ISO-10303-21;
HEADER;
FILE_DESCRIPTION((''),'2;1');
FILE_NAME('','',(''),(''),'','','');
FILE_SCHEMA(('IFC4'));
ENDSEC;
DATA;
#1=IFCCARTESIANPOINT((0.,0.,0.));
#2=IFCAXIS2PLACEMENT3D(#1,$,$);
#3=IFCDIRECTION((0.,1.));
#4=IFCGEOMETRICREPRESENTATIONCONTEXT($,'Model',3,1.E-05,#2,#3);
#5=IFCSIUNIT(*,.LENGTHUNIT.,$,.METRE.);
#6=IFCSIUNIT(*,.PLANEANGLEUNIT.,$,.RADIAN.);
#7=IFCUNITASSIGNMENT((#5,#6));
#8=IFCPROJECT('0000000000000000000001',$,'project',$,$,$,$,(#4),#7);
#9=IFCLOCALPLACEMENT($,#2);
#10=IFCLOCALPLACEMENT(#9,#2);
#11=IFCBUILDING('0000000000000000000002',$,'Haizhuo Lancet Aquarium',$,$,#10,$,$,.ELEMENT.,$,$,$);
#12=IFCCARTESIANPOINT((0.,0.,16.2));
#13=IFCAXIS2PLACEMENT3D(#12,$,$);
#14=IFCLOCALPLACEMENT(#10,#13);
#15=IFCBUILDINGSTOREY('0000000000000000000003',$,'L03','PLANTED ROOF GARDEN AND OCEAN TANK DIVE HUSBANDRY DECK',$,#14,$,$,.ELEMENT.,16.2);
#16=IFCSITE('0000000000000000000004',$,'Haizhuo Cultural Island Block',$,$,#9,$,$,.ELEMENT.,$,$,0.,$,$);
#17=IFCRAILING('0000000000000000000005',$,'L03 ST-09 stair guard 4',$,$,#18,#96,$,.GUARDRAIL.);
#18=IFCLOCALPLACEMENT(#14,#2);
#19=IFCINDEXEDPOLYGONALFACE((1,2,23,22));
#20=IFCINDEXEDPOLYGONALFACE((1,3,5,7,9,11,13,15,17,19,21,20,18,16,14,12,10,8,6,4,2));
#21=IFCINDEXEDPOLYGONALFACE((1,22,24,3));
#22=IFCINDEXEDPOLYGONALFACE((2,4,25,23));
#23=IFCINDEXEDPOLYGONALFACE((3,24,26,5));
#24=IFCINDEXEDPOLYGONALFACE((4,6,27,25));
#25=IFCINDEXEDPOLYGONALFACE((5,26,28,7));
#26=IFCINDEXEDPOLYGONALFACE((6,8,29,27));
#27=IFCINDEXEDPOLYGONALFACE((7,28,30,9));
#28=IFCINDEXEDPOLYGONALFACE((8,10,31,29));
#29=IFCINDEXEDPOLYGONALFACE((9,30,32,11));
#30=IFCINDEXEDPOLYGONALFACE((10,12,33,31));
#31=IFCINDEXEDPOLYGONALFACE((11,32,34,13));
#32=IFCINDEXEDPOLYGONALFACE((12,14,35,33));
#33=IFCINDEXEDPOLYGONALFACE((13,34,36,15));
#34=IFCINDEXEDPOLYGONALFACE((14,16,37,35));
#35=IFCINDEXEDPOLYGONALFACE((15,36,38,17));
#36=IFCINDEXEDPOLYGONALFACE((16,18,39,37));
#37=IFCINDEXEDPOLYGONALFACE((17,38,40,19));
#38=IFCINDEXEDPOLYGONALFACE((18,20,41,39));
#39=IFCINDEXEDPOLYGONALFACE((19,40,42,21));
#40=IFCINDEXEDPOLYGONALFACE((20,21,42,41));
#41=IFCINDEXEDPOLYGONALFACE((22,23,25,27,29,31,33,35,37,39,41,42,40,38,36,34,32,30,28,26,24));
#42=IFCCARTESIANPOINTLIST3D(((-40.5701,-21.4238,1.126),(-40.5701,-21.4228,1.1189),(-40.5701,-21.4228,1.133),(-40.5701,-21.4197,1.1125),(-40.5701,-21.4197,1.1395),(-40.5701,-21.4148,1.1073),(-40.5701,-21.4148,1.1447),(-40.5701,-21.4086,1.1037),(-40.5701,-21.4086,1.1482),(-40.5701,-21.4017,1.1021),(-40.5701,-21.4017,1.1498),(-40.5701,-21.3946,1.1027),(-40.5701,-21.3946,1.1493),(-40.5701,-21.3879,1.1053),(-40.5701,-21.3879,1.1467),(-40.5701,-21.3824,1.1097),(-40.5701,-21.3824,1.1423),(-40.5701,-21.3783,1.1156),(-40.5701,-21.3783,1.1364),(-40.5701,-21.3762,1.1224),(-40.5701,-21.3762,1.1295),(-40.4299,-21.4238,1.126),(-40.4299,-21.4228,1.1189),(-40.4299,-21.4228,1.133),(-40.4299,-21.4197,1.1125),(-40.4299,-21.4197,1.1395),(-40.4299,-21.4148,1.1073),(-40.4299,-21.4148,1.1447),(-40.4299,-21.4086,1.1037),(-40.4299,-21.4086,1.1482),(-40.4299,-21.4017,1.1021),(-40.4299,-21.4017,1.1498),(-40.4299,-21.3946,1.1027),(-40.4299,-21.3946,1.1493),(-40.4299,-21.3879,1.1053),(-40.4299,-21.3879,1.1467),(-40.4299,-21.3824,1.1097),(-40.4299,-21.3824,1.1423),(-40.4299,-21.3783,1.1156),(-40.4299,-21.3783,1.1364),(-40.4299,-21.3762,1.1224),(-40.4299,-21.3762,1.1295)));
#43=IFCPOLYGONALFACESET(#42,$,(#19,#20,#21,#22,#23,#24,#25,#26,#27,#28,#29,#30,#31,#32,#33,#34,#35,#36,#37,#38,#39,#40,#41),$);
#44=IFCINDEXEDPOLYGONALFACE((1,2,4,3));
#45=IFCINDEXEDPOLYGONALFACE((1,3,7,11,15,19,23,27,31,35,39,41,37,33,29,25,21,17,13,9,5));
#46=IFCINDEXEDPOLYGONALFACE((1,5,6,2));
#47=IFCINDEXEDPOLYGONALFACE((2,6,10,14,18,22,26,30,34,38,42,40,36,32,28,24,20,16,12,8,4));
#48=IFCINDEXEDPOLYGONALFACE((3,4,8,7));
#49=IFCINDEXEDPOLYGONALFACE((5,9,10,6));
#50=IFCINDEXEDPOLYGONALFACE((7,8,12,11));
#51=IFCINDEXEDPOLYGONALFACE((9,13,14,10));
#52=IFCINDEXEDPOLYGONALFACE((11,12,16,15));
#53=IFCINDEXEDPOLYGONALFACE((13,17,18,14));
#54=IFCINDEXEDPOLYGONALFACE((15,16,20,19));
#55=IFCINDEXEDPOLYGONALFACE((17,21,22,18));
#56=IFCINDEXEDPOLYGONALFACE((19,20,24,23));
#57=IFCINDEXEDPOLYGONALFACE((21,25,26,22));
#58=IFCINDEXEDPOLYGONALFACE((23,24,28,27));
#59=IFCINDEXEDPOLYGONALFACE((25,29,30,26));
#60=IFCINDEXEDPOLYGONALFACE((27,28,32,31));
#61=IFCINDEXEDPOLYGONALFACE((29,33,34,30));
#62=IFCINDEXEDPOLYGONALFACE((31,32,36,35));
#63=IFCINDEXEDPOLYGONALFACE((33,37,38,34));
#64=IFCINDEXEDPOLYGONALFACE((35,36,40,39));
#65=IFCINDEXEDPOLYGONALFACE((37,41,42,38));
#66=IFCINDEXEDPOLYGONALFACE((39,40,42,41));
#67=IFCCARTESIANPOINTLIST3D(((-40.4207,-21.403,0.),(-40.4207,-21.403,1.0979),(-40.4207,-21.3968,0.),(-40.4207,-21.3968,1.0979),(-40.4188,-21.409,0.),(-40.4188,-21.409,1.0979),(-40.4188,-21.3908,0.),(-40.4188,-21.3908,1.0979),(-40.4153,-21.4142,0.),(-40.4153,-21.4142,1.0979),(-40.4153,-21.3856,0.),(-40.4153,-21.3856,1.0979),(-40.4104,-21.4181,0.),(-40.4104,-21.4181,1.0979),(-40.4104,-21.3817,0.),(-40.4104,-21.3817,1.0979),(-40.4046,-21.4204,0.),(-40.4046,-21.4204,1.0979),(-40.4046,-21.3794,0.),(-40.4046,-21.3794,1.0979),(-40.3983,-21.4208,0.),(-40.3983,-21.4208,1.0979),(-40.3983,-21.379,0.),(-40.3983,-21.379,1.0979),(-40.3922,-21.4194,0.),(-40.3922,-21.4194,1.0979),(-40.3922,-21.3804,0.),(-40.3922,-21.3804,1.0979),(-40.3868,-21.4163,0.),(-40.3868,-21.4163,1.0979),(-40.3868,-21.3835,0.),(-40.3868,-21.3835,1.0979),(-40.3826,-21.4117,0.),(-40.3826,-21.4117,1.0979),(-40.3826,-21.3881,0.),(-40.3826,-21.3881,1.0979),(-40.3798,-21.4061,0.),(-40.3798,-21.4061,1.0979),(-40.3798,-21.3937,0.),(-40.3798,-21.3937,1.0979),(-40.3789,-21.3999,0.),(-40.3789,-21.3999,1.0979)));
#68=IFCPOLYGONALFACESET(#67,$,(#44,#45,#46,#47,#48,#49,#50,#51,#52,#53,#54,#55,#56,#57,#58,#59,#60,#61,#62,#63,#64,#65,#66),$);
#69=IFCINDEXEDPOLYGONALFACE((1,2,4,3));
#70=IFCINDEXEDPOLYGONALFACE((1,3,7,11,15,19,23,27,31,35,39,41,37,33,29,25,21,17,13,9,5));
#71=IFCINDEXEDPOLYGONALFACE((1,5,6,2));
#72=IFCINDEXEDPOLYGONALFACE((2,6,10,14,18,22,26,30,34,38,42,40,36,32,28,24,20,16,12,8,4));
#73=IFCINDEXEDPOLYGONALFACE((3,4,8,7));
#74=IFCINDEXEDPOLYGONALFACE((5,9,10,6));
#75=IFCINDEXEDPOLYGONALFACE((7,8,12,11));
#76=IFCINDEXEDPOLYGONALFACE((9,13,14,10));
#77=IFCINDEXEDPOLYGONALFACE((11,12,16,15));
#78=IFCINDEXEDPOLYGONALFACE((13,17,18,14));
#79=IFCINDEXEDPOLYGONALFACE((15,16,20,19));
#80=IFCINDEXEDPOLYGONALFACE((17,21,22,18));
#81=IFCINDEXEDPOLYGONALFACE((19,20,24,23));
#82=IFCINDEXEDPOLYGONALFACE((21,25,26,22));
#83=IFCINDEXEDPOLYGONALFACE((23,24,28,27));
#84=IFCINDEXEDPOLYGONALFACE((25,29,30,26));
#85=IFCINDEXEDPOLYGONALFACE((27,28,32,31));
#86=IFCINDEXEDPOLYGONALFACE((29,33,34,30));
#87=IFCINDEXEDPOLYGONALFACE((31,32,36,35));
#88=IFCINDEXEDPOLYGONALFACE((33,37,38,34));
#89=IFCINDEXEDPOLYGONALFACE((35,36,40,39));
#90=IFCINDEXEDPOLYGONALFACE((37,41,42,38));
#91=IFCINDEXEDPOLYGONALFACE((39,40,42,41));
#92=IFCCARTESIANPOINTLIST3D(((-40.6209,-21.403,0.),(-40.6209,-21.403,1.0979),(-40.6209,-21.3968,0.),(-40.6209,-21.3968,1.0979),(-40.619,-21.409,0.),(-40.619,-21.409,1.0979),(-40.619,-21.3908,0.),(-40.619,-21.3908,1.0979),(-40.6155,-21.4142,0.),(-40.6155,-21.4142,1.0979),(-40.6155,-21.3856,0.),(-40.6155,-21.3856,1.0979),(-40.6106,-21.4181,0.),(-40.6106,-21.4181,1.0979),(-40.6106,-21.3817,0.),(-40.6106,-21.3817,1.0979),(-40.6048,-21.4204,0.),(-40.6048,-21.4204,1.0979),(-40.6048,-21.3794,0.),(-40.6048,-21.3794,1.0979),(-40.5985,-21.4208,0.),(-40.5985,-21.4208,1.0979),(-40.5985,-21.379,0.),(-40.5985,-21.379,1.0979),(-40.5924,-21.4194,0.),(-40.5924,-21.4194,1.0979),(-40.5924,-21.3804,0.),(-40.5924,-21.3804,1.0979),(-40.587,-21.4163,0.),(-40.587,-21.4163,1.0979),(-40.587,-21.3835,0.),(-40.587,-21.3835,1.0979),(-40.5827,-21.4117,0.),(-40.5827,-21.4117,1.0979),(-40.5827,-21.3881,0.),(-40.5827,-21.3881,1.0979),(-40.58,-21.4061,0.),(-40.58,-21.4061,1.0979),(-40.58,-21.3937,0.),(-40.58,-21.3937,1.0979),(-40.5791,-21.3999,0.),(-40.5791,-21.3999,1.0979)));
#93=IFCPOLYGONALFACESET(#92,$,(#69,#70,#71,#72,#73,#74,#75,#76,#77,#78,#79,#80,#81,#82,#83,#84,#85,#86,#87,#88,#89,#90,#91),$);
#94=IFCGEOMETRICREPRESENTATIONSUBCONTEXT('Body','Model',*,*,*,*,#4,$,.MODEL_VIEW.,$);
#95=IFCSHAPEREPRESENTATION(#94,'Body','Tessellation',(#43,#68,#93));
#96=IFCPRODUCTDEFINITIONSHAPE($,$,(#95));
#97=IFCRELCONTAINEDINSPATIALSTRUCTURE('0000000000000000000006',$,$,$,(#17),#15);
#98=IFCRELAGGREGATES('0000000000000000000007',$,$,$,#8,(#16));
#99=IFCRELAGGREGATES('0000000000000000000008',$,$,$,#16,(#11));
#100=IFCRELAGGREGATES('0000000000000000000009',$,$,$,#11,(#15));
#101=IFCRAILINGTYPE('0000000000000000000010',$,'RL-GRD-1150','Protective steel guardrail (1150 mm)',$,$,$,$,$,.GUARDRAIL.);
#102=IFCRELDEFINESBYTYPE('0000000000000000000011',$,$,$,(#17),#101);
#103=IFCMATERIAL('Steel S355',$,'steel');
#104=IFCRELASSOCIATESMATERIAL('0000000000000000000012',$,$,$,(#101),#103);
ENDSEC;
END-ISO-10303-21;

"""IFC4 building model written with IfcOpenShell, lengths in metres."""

from ifc_helpers import new_model, si_unit, direction, frame, origin, origin_2d, place, context, subcontext, project, spatial, circle, extrude, material, type_object, element, save


model = new_model("IFC4")

# Units and contexts
model_context = context("Model", 3, precision=1e-05, world=origin(), true_north=direction((0.0, 1.0)))
body_context = subcontext(model_context, "Body", "Model", "MODEL_VIEW")
ifc_project = project(units=[si_unit("LENGTHUNIT", "METRE"), si_unit("PLANEANGLEUNIT", "RADIAN")], contexts=[model_context])

# Site, building, storey
site_placement = place(None, origin())
site = spatial("IfcSite", under=ifc_project, at=site_placement, Name="Haizhuo Cultural Island Block", CompositionType="ELEMENT", RefElevation=0.0)
building_placement = place(site_placement, origin())
building = spatial("IfcBuilding", under=site, at=building_placement, Name="Haizhuo Lancet Aquarium", CompositionType="ELEMENT")
storey_placement = place(building_placement, frame((0.0, 0.0, 16.2)))
storey = spatial("IfcBuildingStorey", under=building, at=storey_placement, Name="L03", Description="PLANTED ROOF GARDEN AND OCEAN TANK DIVE HUSBANDRY DECK", CompositionType="ELEMENT", Elevation=16.2)

# Shared definitions
ifc_material_1 = material(Name="Steel S355", Category="steel")

# Railing
railing_type_1 = type_object("IfcRailingType", Name="RL-GRD-1150", Description="Protective steel guardrail (1150 mm)", PredefinedType="GUARDRAIL", material=ifc_material_1)
railing_1_placement = place(storey_placement, frame((-40.3999, -21.3999, 0.0)))
element("IfcRailing", 1, at=railing_1_placement, inside=storey, type_object=railing_type_1, Name="L03 ST-09 stair guard 4", PredefinedType="GUARDRAIL", context=body_context, shape_type="SweptSolid", body=[
    extrude(circle(Radius=0.0239, at=origin_2d()), frame((-0.03, 0.0, 1.126), z_axis=(-1.0, 0.0, 0.0), x_axis=(0.0, -1.0, 0.0)), (0.0, 0.0, 1.0), 0.1401),
    extrude(circle(Radius=0.021, at=origin_2d()), origin(), (0.0, 0.0, 1.0), 1.0979),
    extrude(circle(Radius=0.021, at=origin_2d()), frame((-0.2002, 0.0, 0.0)), (0.0, 0.0, 1.0), 1.0979),
])

save(model, "model.ifc")
